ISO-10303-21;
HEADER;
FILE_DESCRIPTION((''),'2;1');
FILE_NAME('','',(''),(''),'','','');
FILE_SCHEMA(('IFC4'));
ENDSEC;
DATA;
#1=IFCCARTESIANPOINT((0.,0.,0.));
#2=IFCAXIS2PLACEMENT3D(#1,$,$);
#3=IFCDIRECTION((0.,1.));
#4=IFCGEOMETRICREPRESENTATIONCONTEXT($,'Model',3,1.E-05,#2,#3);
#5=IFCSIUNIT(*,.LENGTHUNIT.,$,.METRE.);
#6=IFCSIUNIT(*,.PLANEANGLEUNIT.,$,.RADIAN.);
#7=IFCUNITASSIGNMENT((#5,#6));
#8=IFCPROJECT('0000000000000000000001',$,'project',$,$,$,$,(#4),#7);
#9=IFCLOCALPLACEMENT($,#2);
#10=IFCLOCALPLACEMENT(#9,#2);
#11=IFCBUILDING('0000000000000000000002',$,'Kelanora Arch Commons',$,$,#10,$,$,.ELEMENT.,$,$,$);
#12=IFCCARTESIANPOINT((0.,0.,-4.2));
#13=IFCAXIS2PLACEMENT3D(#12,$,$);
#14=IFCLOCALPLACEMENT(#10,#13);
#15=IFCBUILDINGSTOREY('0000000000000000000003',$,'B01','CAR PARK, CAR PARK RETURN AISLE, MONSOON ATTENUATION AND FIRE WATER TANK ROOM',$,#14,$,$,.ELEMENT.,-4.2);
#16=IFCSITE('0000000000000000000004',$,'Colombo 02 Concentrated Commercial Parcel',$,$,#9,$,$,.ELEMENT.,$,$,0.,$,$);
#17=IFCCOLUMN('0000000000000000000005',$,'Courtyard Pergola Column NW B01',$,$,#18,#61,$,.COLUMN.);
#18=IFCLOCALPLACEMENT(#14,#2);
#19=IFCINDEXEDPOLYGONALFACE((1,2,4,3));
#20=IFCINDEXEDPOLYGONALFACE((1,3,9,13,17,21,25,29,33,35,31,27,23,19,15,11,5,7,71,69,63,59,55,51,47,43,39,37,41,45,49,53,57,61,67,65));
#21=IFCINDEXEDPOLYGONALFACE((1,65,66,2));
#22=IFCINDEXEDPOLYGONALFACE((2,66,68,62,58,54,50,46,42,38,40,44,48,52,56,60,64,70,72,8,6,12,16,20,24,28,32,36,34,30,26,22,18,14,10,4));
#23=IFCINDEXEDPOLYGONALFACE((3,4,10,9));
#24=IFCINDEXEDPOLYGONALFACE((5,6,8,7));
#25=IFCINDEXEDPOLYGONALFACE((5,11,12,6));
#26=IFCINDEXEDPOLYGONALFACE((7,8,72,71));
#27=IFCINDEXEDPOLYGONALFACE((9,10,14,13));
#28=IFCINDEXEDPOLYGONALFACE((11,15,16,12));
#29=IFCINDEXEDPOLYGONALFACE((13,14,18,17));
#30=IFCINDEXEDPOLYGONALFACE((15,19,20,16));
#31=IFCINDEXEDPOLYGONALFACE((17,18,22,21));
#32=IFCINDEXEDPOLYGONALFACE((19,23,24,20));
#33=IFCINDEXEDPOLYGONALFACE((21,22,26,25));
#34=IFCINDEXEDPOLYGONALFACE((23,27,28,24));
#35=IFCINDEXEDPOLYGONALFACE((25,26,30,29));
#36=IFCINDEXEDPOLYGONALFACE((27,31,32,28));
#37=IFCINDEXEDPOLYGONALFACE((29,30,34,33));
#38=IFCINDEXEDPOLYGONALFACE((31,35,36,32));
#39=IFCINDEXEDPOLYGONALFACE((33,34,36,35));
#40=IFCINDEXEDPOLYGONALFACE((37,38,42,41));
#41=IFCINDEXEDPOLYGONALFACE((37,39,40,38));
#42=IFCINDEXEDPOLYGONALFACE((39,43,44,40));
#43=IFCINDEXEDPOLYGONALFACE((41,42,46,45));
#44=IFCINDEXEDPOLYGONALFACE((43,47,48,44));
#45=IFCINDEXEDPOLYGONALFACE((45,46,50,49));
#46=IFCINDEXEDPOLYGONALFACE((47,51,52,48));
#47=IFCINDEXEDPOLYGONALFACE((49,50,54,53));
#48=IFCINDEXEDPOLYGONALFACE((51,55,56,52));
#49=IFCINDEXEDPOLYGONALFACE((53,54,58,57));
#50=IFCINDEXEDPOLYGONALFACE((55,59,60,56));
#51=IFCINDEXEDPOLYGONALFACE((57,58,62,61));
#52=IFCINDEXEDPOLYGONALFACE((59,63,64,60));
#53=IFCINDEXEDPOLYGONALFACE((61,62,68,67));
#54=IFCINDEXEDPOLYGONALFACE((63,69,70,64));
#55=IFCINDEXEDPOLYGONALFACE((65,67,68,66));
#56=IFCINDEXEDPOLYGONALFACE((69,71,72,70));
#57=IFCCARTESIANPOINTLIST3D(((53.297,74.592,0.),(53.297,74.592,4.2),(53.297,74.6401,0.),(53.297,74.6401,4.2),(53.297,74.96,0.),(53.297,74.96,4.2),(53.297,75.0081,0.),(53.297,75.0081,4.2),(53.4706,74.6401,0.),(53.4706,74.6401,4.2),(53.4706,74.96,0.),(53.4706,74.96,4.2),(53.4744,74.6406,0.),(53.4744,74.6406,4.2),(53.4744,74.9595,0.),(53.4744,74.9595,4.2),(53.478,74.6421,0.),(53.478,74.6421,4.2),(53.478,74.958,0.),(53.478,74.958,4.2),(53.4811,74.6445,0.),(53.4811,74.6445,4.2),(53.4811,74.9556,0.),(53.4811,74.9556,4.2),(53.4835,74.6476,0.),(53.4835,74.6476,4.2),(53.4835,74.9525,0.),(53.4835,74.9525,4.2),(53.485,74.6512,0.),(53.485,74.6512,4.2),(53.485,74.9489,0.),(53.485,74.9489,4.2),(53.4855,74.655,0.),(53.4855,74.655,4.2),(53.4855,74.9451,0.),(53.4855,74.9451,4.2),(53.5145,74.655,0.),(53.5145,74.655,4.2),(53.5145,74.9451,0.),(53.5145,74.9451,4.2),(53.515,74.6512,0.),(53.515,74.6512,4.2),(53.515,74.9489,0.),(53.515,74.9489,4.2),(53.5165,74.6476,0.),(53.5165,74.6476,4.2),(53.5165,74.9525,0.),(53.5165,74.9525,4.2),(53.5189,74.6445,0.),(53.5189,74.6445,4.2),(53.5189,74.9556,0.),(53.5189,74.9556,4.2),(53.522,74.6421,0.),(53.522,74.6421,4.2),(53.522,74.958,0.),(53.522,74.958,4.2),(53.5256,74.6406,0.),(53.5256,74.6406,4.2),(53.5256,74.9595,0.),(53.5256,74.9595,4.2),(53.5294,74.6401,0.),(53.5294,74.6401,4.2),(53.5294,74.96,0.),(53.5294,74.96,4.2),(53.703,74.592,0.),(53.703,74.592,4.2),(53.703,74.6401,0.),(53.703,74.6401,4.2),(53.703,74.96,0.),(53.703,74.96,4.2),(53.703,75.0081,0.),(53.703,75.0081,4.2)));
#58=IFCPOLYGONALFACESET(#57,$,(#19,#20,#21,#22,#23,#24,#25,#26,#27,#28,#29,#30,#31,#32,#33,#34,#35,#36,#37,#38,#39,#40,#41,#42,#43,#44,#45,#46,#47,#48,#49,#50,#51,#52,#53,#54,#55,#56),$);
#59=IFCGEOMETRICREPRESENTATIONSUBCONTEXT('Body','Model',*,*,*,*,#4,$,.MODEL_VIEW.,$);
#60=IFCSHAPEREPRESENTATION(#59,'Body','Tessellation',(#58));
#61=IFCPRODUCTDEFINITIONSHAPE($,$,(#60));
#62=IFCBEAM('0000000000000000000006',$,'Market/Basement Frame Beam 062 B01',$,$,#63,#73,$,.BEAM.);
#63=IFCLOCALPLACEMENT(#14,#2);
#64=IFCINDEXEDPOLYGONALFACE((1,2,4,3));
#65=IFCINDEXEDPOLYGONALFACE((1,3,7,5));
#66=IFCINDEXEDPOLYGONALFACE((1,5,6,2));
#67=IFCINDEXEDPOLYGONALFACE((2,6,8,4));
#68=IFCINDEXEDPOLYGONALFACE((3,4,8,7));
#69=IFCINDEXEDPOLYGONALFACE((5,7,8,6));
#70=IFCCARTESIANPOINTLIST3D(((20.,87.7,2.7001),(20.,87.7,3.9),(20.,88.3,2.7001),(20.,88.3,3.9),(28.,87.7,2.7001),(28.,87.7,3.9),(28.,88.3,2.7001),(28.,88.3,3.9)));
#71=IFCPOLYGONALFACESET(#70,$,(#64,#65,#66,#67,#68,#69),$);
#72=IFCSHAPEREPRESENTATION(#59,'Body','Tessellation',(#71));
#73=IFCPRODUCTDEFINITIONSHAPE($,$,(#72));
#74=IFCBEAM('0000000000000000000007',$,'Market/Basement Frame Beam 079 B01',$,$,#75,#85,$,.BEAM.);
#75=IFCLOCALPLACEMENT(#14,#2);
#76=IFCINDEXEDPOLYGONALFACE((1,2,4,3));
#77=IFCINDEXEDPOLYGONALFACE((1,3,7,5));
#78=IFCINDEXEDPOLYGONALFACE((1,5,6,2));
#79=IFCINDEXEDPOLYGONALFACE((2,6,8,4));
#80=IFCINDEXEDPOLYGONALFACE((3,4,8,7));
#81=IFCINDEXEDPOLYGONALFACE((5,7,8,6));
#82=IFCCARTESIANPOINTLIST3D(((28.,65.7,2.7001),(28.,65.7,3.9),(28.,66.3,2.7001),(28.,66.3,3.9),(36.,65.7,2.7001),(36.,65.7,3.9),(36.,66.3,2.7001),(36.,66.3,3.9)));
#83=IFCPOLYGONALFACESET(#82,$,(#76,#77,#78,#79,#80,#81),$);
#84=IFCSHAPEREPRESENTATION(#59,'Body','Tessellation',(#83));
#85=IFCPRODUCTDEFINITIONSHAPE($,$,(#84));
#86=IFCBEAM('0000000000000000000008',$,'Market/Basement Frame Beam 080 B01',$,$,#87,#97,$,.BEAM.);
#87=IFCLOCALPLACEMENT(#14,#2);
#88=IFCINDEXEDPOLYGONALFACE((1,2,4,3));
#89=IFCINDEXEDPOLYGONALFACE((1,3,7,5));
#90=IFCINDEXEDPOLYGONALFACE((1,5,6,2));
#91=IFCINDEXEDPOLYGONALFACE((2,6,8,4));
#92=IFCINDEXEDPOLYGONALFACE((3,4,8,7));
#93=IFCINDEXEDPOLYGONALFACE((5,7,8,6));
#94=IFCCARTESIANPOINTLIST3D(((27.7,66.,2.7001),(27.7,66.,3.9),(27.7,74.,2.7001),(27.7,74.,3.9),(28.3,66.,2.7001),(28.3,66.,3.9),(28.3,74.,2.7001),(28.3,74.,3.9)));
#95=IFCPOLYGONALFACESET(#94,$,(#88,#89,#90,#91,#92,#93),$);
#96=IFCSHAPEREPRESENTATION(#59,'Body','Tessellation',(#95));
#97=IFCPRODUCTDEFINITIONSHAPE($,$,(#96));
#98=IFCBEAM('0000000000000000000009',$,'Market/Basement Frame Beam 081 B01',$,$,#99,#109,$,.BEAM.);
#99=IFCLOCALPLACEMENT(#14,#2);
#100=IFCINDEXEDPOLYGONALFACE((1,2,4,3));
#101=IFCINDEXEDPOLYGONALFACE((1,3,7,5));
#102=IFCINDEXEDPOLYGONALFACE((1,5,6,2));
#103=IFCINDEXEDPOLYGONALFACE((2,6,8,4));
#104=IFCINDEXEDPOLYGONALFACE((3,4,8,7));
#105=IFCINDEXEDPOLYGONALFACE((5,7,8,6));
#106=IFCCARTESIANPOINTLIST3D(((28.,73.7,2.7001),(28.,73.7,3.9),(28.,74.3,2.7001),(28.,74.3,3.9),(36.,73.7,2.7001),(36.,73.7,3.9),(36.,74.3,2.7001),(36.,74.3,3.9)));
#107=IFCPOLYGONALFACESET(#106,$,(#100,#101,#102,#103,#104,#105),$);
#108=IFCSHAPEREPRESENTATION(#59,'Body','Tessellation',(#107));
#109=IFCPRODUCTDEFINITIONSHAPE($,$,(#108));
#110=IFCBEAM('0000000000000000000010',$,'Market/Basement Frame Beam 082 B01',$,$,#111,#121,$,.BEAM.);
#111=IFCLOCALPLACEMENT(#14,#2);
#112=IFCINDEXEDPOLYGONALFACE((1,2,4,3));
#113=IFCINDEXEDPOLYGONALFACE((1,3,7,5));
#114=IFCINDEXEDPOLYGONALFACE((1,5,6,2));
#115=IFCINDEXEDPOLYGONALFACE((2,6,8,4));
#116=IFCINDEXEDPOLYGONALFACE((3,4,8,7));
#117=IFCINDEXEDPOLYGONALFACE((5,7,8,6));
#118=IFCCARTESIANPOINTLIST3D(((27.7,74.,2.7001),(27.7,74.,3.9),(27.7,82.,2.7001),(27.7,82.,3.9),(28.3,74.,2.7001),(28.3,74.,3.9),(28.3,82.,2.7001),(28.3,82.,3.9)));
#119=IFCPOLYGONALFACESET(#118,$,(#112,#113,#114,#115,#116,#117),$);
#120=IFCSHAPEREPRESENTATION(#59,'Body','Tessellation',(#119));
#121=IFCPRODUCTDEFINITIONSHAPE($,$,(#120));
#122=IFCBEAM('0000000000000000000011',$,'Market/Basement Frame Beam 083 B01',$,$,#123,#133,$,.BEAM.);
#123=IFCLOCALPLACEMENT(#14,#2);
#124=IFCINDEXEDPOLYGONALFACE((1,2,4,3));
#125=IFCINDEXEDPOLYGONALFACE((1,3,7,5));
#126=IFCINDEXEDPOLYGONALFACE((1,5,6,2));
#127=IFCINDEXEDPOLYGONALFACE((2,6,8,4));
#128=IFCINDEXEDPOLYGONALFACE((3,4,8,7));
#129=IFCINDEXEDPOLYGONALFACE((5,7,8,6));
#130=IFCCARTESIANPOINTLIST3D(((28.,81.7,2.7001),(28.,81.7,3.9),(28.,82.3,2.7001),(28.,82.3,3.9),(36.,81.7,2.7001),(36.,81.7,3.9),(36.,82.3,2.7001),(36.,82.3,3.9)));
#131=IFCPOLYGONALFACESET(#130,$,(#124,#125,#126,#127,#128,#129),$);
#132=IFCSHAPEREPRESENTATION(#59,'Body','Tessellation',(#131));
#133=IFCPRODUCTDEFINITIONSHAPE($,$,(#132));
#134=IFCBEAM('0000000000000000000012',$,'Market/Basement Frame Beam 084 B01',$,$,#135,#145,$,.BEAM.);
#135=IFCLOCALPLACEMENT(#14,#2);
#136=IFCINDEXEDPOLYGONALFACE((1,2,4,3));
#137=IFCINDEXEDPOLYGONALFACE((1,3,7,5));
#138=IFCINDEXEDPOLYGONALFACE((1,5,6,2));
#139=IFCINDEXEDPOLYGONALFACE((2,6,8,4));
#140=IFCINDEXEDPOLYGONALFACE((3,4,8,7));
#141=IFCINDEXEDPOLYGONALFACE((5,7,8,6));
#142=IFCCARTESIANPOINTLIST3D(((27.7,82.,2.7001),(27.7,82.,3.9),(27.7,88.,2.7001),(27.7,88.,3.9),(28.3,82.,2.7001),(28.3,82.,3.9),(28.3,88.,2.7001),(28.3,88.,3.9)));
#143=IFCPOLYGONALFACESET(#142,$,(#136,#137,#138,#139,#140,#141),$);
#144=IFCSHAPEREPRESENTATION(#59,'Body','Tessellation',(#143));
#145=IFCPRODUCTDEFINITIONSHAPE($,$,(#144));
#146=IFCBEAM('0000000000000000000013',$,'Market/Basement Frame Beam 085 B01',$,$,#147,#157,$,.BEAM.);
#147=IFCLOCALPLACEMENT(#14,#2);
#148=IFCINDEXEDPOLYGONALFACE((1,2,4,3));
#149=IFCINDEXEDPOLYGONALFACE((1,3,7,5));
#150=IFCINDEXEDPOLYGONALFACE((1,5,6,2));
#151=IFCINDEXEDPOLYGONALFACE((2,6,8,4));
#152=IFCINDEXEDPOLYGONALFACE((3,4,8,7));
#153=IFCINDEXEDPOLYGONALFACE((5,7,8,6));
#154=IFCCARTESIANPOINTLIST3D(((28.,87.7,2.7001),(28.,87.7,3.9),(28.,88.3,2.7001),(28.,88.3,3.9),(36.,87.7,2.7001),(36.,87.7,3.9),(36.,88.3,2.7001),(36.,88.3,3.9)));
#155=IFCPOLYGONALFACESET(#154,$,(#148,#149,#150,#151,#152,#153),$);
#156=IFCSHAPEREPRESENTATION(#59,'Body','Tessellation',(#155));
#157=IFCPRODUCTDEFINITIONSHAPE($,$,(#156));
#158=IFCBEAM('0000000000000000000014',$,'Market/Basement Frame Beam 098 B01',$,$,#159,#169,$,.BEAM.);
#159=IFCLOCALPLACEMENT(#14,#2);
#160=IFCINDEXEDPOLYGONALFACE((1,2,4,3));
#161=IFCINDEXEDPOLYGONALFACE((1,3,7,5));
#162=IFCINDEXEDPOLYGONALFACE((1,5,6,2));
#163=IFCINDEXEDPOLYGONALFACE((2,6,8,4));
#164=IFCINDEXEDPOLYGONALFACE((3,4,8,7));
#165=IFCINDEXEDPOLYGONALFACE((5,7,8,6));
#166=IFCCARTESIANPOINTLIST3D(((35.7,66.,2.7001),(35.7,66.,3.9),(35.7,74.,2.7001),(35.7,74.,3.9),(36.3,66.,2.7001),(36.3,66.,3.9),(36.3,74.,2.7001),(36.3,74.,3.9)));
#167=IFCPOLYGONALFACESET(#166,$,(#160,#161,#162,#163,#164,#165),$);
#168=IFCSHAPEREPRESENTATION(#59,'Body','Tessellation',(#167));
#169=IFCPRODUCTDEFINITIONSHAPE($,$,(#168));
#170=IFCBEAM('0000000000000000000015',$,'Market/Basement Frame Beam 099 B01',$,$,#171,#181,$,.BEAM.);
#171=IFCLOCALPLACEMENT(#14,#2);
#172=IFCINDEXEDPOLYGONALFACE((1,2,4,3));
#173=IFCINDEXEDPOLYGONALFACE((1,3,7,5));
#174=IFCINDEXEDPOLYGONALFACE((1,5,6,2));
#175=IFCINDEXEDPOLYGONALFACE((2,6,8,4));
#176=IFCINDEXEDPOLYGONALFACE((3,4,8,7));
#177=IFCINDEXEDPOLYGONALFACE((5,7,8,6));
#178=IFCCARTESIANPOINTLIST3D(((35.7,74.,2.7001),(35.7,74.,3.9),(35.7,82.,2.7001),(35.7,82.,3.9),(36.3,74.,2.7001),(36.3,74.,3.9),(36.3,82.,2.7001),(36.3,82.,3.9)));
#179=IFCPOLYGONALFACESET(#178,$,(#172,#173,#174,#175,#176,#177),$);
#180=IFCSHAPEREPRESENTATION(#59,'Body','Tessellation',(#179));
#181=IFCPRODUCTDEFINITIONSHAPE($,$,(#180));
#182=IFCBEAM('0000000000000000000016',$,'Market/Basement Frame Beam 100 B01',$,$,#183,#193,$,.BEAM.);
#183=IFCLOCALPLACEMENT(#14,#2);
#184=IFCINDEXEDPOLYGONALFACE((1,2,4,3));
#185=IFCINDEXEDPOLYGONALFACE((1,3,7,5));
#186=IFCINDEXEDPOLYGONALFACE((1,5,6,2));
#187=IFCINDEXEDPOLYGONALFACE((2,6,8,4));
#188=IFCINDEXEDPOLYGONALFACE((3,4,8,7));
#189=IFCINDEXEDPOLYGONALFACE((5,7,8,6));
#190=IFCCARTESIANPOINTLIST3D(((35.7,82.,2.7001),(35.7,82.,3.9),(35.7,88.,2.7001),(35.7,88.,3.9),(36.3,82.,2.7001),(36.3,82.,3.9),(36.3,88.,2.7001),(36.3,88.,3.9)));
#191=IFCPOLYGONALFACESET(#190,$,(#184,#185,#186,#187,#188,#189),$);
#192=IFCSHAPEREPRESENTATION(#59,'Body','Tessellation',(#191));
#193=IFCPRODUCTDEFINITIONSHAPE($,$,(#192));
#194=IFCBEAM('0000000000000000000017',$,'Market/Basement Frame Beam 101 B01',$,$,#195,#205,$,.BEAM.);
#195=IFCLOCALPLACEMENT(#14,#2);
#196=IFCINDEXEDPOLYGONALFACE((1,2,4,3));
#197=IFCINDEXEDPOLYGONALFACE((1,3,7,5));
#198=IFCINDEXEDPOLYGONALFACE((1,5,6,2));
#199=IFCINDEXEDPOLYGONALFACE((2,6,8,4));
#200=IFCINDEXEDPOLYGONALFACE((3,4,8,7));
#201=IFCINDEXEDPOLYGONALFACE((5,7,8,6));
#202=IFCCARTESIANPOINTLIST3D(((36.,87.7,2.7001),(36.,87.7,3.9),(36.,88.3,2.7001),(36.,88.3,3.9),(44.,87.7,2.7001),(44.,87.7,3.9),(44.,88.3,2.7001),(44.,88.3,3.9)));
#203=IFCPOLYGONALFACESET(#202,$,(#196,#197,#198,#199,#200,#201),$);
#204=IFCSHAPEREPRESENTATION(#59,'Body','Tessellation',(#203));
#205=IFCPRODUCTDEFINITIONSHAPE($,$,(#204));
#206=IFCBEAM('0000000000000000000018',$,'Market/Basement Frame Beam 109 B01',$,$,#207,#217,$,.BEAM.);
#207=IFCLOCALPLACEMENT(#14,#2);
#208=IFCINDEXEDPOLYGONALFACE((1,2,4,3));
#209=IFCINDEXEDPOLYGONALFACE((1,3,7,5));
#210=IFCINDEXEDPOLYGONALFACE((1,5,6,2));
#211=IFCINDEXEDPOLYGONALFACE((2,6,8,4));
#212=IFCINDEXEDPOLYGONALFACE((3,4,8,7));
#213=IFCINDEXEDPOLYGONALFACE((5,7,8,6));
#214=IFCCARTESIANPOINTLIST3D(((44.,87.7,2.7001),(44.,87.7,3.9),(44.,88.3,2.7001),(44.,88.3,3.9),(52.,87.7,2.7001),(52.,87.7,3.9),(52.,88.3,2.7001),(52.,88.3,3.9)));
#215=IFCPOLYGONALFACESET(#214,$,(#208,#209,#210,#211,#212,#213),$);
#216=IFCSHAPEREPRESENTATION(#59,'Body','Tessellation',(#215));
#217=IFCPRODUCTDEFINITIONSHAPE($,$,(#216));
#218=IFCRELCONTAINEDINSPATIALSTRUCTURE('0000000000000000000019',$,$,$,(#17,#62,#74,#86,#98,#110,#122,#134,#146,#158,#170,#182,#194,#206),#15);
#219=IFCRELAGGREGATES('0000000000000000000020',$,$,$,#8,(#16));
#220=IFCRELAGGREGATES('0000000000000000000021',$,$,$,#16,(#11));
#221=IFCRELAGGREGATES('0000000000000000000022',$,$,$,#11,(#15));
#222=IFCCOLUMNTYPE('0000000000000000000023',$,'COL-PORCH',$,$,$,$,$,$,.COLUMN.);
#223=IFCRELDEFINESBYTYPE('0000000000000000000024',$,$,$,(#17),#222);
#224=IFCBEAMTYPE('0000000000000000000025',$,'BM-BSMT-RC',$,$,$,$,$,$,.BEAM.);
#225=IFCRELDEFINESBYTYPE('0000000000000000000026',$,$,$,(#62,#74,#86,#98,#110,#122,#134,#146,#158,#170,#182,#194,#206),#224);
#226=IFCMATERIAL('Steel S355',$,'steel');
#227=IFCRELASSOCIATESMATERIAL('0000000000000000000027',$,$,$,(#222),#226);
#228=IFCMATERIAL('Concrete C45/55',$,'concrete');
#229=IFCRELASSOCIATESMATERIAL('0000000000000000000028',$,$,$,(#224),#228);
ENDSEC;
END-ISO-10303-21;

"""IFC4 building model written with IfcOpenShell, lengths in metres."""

from ifc_helpers import new_model, si_unit, direction, frame, origin, origin_2d, place, context, subcontext, project, spatial, rectangle, i_section, extrude, material, material_profile, profile_set, type_object, element, save


model = new_model("IFC4")

# Units and contexts
model_context = context("Model", 3, precision=1e-05, world=origin(), true_north=direction((0.0, 1.0)))
body_context = subcontext(model_context, "Body", "Model", "MODEL_VIEW")
ifc_project = project(units=[si_unit("LENGTHUNIT", "METRE"), si_unit("PLANEANGLEUNIT", "RADIAN")], contexts=[model_context])

# Site, building, storey
site_placement = place(None, origin())
site = spatial("IfcSite", under=ifc_project, at=site_placement, Name="Colombo 02 Concentrated Commercial Parcel", CompositionType="ELEMENT", RefElevation=0.0)
building_placement = place(site_placement, origin())
building = spatial("IfcBuilding", under=site, at=building_placement, Name="Kelanora Arch Commons", CompositionType="ELEMENT")
storey_placement = place(building_placement, frame((0.0, 0.0, -4.2)))
storey = spatial("IfcBuildingStorey", under=building, at=storey_placement, Name="B01", Description="CAR PARK, CAR PARK RETURN AISLE, MONSOON ATTENUATION AND FIRE WATER TANK ROOM", CompositionType="ELEMENT", Elevation=-4.2)

# Column
ifc_material_1 = material(Name="Steel S355", Category="steel")
ifc_material_profile_1 = material_profile(ifc_material_1, i_section(OverallWidth=0.406, OverallDepth=0.416, WebThickness=0.0291, FlangeThickness=0.0481, FilletRadius=0.0149, at=origin_2d()), Name="HD400x382")
ifc_profile_set_1 = profile_set([ifc_material_profile_1], Name="Steel S355")
column_type_1 = type_object("IfcColumnType", Name="COL-PORCH", PredefinedType="COLUMN", material=ifc_profile_set_1)
for number, where, z_axis, x_axis, name in (
    (1, (53.5, 74.8, 0.0), (0.0, 0.0, 1.0), (1.0, 0.0, 0.0), "Courtyard Pergola Column NW B01"),
):
    element("IfcColumn", number, at=place(storey_placement, frame(where, z_axis=z_axis, x_axis=x_axis)), inside=storey, type_object=column_type_1, Name=name, PredefinedType="COLUMN", context=body_context, shape_type="SweptSolid", body=[
        extrude(i_section(OverallWidth=0.406, OverallDepth=0.416, WebThickness=0.0291, FlangeThickness=0.0481, FilletRadius=0.0149, at=origin_2d()), origin(), (0.0, 0.0, 1.0), 4.2),
    ])

# Beams
ifc_material_2 = material(Name="Concrete C45/55", Category="concrete")
ifc_material_profile_2 = material_profile(ifc_material_2, rectangle(XDim=0.6001, YDim=1.2, at=origin_2d()), Name="RCB600x1200")
ifc_profile_set_2 = profile_set([ifc_material_profile_2], Name="Concrete C45/55")
beam_type_1 = type_object("IfcBeamType", Name="BM-BSMT-RC", PredefinedType="BEAM", material=ifc_profile_set_2)
for number, where, z_axis, x_axis, name in (
    (2, (20.0, 88.0, 3.3), (1.0, 0.0, 0.0), (0.0, 1.0, 0.0), "Market/Basement Frame Beam 062 B01"),
    (3, (28.0, 66.0, 3.3), (1.0, 0.0, 0.0), (0.0, 1.0, 0.0), "Market/Basement Frame Beam 079 B01"),
    (4, (28.0, 66.0, 3.3), (0.0, 1.0, 0.0), (-1.0, 0.0, 0.0), "Market/Basement Frame Beam 080 B01"),
    (5, (28.0, 74.0, 3.3), (1.0, 0.0, 0.0), (0.0, 1.0, 0.0), "Market/Basement Frame Beam 081 B01"),
    (6, (28.0, 74.0, 3.3), (0.0, 1.0, 0.0), (-1.0, 0.0, 0.0), "Market/Basement Frame Beam 082 B01"),
    (7, (28.0, 82.0, 3.3), (1.0, 0.0, 0.0), (0.0, 1.0, 0.0), "Market/Basement Frame Beam 083 B01"),
):
    element("IfcBeam", number, at=place(storey_placement, frame(where, z_axis=z_axis, x_axis=x_axis)), inside=storey, type_object=beam_type_1, Name=name, PredefinedType="BEAM", context=body_context, shape_type="SweptSolid", body=[
        extrude(rectangle(XDim=0.6001, YDim=1.2, at=origin_2d()), origin(), (0.0, 0.0, 1.0), 8.0),
    ])
beam_1_placement = place(storey_placement, frame((28.0, 82.0, 3.3), z_axis=(0.0, 1.0, 0.0), x_axis=(-1.0, 0.0, 0.0)))
element("IfcBeam", 8, at=beam_1_placement, inside=storey, type_object=beam_type_1, Name="Market/Basement Frame Beam 084 B01", PredefinedType="BEAM", context=body_context, shape_type="SweptSolid", body=[
    extrude(rectangle(XDim=0.6001, YDim=1.2, at=origin_2d()), origin(), (0.0, 0.0, 1.0), 6.0),
])
for number, where, z_axis, x_axis, name in (
    (9, (28.0, 88.0, 3.3), (1.0, 0.0, 0.0), (0.0, 1.0, 0.0), "Market/Basement Frame Beam 085 B01"),
    (10, (36.0, 66.0, 3.3), (0.0, 1.0, 0.0), (-1.0, 0.0, 0.0), "Market/Basement Frame Beam 098 B01"),
    (11, (36.0, 74.0, 3.3), (0.0, 1.0, 0.0), (-1.0, 0.0, 0.0), "Market/Basement Frame Beam 099 B01"),
):
    element("IfcBeam", number, at=place(storey_placement, frame(where, z_axis=z_axis, x_axis=x_axis)), inside=storey, type_object=beam_type_1, Name=name, PredefinedType="BEAM", context=body_context, shape_type="SweptSolid", body=[
        extrude(rectangle(XDim=0.6001, YDim=1.2, at=origin_2d()), origin(), (0.0, 0.0, 1.0), 8.0),
    ])
beam_2_placement = place(storey_placement, frame((36.0, 82.0, 3.3), z_axis=(0.0, 1.0, 0.0), x_axis=(-1.0, 0.0, 0.0)))
element("IfcBeam", 12, at=beam_2_placement, inside=storey, type_object=beam_type_1, Name="Market/Basement Frame Beam 100 B01", PredefinedType="BEAM", context=body_context, shape_type="SweptSolid", body=[
    extrude(rectangle(XDim=0.6001, YDim=1.2, at=origin_2d()), origin(), (0.0, 0.0, 1.0), 6.0),
])
for number, where, z_axis, x_axis, name in (
    (13, (36.0, 88.0, 3.3), (1.0, 0.0, 0.0), (0.0, 1.0, 0.0), "Market/Basement Frame Beam 101 B01"),
    (14, (44.0, 88.0, 3.3), (1.0, 0.0, 0.0), (0.0, 1.0, 0.0), "Market/Basement Frame Beam 109 B01"),
):
    element("IfcBeam", number, at=place(storey_placement, frame(where, z_axis=z_axis, x_axis=x_axis)), inside=storey, type_object=beam_type_1, Name=name, PredefinedType="BEAM", context=body_context, shape_type="SweptSolid", body=[
        extrude(rectangle(XDim=0.6001, YDim=1.2, at=origin_2d()), origin(), (0.0, 0.0, 1.0), 8.0),
    ])

save(model, "model.ifc")
